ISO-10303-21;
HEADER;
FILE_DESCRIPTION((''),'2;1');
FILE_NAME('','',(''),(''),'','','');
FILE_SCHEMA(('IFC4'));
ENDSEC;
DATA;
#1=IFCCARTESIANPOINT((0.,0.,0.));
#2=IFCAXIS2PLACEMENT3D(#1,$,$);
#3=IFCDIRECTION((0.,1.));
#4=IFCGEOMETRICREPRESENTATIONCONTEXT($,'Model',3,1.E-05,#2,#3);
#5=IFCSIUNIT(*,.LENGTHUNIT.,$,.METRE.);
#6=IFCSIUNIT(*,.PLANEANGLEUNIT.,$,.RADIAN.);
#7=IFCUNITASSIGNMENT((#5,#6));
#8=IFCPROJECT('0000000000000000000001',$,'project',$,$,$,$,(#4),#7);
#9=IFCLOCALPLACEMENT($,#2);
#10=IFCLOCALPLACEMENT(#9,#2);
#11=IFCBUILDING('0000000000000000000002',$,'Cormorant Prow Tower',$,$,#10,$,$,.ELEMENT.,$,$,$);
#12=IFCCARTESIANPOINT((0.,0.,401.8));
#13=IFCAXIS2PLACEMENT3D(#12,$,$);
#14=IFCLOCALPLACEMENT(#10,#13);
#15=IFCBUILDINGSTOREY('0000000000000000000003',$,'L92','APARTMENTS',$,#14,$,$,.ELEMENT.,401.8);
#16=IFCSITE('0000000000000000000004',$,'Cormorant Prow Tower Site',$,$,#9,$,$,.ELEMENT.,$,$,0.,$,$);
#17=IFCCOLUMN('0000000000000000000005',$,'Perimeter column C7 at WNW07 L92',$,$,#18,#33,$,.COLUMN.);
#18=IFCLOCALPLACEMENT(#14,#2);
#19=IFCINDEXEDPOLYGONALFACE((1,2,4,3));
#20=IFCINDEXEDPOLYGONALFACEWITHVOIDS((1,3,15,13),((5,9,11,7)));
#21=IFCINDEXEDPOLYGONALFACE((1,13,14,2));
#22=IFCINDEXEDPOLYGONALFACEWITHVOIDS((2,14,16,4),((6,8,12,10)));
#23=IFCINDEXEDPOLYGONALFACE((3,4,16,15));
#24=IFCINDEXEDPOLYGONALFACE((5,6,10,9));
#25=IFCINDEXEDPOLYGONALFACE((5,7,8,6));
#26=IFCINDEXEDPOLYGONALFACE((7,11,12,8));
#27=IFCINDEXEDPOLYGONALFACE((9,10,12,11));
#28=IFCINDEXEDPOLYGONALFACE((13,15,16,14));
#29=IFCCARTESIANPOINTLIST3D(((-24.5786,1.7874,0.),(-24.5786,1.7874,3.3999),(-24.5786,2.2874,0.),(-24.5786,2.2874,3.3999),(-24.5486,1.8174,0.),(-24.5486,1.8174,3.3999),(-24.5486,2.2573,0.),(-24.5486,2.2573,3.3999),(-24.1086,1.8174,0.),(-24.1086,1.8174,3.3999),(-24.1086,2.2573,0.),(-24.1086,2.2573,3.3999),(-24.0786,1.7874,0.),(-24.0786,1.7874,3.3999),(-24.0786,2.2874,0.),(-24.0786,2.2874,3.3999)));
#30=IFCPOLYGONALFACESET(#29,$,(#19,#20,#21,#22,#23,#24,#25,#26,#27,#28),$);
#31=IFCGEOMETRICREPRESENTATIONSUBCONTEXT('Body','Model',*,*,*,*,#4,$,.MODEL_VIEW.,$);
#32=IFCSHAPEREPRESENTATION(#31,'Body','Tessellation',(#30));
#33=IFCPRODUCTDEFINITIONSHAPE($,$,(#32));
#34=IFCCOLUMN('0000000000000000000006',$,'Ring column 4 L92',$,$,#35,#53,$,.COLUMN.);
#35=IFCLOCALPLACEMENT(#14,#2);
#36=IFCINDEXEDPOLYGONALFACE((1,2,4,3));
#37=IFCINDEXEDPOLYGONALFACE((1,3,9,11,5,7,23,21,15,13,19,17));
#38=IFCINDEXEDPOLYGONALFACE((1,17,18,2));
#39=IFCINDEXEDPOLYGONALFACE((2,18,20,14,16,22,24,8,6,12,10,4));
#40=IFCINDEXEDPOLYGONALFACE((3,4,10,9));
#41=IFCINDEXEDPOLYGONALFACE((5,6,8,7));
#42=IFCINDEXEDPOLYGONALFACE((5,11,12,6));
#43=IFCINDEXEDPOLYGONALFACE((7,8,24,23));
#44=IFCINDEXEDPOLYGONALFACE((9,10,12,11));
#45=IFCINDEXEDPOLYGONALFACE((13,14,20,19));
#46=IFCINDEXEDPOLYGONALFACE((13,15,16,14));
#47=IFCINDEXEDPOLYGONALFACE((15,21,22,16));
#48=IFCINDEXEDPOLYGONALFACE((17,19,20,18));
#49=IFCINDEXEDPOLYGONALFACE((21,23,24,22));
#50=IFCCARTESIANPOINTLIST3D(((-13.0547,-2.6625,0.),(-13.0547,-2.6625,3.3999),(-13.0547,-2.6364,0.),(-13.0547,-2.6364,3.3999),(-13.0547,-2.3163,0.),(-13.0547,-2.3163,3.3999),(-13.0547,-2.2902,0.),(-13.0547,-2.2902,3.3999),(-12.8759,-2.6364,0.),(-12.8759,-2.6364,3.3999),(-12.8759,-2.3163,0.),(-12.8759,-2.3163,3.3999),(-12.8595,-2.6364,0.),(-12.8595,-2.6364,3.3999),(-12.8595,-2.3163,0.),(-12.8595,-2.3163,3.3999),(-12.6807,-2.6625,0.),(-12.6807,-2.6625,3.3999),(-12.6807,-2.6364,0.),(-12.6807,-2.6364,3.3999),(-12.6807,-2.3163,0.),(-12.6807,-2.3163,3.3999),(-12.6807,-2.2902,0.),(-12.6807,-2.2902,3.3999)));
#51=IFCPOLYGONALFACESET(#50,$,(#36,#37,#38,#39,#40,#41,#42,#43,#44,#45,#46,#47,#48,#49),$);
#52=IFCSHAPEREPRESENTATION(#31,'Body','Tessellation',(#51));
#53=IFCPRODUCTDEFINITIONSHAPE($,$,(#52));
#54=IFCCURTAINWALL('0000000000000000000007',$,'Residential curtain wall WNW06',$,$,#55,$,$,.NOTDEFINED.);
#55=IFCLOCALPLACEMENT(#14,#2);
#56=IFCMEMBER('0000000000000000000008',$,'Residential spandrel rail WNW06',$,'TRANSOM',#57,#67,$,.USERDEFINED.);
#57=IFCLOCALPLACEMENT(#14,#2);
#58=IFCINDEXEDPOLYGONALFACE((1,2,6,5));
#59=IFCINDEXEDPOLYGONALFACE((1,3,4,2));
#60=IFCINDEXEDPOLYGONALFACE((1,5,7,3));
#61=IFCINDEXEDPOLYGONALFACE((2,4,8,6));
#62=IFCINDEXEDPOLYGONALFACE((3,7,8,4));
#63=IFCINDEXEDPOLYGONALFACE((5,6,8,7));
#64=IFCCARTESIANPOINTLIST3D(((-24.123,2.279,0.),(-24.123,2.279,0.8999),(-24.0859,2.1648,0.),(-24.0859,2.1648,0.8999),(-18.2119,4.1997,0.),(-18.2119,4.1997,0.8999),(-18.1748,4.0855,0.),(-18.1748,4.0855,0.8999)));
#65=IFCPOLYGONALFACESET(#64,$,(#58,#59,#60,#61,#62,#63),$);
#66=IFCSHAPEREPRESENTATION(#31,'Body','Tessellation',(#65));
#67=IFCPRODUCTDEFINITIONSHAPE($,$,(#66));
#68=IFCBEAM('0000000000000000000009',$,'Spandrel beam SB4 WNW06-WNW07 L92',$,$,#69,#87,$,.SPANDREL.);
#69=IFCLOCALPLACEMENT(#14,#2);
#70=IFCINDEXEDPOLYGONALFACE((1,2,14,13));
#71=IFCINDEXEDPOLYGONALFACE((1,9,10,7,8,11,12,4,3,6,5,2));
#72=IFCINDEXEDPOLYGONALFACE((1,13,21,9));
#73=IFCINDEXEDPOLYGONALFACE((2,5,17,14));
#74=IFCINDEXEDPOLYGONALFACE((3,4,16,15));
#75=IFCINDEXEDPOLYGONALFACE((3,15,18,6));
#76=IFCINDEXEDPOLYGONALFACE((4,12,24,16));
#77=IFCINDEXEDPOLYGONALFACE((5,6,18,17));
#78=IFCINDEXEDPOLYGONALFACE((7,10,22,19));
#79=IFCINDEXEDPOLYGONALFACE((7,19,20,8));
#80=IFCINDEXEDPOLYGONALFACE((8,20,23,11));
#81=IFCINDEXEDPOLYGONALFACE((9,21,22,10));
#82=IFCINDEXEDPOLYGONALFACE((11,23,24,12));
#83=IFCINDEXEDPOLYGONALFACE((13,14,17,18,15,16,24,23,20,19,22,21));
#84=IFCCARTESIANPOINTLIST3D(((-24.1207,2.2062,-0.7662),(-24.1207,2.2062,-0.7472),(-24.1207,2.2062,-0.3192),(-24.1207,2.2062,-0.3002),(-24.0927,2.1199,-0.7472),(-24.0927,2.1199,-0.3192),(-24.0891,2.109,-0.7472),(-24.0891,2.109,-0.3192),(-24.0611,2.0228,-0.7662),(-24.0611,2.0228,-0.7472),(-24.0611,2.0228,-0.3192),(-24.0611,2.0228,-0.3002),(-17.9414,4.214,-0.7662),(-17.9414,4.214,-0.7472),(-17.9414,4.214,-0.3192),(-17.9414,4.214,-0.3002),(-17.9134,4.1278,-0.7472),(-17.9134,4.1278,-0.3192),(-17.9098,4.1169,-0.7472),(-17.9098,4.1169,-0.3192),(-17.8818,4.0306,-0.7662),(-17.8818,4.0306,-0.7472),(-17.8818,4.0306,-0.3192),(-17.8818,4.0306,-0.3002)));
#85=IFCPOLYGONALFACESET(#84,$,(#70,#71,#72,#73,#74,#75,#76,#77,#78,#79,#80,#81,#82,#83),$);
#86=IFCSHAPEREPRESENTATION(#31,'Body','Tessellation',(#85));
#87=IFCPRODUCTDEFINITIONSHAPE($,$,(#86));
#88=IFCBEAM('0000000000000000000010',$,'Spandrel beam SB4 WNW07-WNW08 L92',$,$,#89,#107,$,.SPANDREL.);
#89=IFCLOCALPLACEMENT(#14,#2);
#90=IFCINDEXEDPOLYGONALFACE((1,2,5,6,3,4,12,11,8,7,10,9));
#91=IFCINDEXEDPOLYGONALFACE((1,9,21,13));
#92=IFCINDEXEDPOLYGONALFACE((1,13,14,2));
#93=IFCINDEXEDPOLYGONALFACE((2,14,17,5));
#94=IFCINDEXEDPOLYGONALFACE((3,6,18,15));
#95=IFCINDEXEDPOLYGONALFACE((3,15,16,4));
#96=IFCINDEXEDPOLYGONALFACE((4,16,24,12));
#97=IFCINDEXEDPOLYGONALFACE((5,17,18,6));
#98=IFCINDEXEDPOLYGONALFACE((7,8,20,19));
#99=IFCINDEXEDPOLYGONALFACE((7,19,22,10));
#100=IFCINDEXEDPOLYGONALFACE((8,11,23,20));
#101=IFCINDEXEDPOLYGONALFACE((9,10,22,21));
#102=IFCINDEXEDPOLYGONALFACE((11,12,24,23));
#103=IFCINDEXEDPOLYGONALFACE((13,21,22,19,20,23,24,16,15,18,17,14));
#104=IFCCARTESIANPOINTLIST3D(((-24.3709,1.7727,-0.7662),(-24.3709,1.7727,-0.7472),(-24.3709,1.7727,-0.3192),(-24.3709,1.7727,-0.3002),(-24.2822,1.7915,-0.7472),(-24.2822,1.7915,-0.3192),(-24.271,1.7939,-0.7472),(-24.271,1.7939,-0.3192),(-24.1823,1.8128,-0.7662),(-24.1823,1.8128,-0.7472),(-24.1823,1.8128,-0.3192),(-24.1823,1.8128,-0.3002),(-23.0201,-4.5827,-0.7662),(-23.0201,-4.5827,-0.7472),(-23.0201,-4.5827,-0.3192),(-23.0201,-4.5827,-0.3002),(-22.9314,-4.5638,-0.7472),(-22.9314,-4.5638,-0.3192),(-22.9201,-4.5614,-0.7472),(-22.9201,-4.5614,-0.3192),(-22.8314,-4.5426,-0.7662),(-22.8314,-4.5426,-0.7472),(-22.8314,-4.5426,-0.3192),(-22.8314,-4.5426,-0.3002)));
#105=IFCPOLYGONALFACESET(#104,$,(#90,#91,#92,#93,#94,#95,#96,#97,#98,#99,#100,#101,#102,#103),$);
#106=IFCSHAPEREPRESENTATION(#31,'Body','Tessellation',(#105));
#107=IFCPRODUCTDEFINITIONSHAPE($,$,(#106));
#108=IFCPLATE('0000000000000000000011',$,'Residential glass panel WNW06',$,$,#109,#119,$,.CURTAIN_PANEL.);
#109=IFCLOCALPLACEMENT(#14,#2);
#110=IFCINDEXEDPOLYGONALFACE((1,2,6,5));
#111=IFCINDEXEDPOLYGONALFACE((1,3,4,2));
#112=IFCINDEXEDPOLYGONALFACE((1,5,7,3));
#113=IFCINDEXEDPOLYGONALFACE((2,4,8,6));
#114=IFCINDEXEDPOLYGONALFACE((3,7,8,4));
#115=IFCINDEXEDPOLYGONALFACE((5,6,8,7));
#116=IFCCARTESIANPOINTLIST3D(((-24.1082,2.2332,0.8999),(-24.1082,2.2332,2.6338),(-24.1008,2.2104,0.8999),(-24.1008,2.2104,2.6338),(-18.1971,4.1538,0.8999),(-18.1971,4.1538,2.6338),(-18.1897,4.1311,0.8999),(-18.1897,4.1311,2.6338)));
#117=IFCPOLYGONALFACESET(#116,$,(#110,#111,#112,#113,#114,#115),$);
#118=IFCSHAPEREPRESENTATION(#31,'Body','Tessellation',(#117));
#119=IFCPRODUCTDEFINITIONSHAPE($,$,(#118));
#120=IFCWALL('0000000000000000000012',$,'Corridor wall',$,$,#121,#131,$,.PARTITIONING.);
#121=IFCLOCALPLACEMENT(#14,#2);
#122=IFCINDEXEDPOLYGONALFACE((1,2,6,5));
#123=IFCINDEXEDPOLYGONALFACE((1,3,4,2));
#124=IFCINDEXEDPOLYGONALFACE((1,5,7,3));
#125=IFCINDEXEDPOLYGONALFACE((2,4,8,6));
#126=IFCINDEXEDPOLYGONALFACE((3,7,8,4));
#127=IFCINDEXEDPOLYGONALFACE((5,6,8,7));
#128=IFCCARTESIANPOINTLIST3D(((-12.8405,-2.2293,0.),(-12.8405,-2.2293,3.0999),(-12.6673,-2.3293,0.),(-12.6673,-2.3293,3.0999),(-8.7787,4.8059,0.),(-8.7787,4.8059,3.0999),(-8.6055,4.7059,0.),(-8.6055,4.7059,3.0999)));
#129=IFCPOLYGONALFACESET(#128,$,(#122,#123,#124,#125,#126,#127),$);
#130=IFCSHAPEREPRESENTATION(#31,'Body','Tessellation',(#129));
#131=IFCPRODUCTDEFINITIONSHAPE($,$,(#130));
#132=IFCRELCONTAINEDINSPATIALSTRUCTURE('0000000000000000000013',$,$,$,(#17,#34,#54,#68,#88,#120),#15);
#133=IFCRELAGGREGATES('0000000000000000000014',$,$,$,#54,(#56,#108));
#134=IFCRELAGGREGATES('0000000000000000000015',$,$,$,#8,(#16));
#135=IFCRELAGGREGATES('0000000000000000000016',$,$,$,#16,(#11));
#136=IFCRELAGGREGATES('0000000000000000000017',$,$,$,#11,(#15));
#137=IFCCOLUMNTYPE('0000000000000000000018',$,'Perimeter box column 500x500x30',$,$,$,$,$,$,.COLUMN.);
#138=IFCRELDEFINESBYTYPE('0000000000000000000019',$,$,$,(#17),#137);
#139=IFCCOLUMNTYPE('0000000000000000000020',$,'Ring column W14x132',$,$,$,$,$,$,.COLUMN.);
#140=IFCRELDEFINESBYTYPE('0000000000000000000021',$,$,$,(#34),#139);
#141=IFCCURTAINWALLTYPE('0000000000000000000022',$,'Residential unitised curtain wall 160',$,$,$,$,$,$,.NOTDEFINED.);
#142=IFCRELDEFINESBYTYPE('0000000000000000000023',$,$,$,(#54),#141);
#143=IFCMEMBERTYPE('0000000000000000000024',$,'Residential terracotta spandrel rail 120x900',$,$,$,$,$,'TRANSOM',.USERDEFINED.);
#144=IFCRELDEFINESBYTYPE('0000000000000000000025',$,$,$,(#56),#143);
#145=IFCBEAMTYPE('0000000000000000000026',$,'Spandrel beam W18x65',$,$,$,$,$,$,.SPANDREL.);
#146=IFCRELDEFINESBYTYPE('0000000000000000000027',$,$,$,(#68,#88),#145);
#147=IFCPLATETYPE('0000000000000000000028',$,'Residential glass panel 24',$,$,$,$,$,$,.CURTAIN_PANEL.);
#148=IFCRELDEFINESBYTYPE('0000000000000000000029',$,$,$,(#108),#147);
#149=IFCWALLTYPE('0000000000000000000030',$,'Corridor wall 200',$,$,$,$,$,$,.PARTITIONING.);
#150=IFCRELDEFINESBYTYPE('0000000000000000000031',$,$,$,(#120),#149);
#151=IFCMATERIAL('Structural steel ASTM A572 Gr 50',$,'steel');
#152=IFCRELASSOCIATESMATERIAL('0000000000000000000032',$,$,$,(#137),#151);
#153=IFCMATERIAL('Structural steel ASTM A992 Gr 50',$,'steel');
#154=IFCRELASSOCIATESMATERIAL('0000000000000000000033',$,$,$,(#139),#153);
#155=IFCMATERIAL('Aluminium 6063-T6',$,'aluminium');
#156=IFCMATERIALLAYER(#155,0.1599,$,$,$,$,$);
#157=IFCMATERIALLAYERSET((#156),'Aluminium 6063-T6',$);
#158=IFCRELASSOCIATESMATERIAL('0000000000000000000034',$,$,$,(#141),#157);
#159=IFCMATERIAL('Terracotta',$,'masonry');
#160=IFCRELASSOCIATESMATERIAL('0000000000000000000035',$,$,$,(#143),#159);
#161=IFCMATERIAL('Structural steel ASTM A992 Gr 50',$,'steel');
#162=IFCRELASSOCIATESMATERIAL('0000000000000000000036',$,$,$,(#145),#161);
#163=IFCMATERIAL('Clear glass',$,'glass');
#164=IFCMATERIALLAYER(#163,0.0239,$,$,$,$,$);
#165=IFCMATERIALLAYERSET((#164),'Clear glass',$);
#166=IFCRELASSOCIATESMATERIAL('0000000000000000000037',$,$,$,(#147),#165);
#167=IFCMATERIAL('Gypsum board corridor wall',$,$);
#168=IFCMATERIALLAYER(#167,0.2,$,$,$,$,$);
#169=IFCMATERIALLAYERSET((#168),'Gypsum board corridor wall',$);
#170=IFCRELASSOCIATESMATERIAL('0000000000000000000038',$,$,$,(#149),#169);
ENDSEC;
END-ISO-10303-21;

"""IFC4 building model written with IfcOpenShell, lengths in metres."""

from ifc_helpers import new_model, si_unit, direction, frame, frame_2d, origin, origin_2d, place, context, subcontext, project, spatial, rectangle, hollow_rectangle, i_section, extrude, material, layer, layer_set, material_profile, profile_set, type_object, element, aggregate, save


model = new_model("IFC4")

# Units and contexts
model_context = context("Model", 3, precision=1e-05, world=origin(), true_north=direction((0.0, 1.0)))
body_context = subcontext(model_context, "Body", "Model", "MODEL_VIEW")
ifc_project = project(units=[si_unit("LENGTHUNIT", "METRE"), si_unit("PLANEANGLEUNIT", "RADIAN")], contexts=[model_context])

# Site, building, storey
site_placement = place(None, origin())
site = spatial("IfcSite", under=ifc_project, at=site_placement, Name="Cormorant Prow Tower Site", CompositionType="ELEMENT", RefElevation=0.0)
building_placement = place(site_placement, origin())
building = spatial("IfcBuilding", under=site, at=building_placement, Name="Cormorant Prow Tower", CompositionType="ELEMENT")
storey_placement = place(building_placement, frame((0.0, 0.0, 401.8)))
storey = spatial("IfcBuildingStorey", under=building, at=storey_placement, Name="L92", Description="APARTMENTS", CompositionType="ELEMENT", Elevation=401.8)

# Columns
ifc_material_1 = material(Name="Structural steel ASTM A572 Gr 50", Category="steel")
ifc_material_profile_1 = material_profile(ifc_material_1, hollow_rectangle(XDim=0.5, YDim=0.5, WallThickness=0.03, at=origin_2d()), Name="Box 500x500x30")
ifc_profile_set_1 = profile_set([ifc_material_profile_1], Name="Structural steel ASTM A572 Gr 50")
column_type_1 = type_object("IfcColumnType", Name="Perimeter box column 500x500x30", PredefinedType="COLUMN", material=ifc_profile_set_1)
column_1_placement = place(storey_placement, frame((-24.3286, 2.0374, 0.0), z_axis=(0.0, 0.0, 1.0), x_axis=(1.0, 0.0, 0.0)))
element("IfcColumn", 1, at=column_1_placement, inside=storey, type_object=column_type_1, Name="Perimeter column C7 at WNW07 L92", PredefinedType="COLUMN", context=body_context, shape_type="SweptSolid", body=[
    extrude(hollow_rectangle(XDim=0.5, YDim=0.5, WallThickness=0.03, at=origin_2d()), origin(), (0.0, 0.0, 1.0), 3.3999),
])
ifc_material_2 = material(Name="Structural steel ASTM A992 Gr 50", Category="steel")
ifc_material_profile_2 = material_profile(ifc_material_2, i_section(OverallWidth=0.374, OverallDepth=0.3723, WebThickness=0.0164, FlangeThickness=0.0261, at=origin_2d()), Name="W14x132")
ifc_profile_set_2 = profile_set([ifc_material_profile_2], Name="Structural steel ASTM A992 Gr 50")
column_type_2 = type_object("IfcColumnType", Name="Ring column W14x132", PredefinedType="COLUMN", material=ifc_profile_set_2)
column_2_placement = place(storey_placement, frame((-12.8677, -2.4763, 0.0), z_axis=(0.0, 0.0, 1.0), x_axis=(1.0, 0.0, 0.0)))
element("IfcColumn", 2, at=column_2_placement, inside=storey, type_object=column_type_2, Name="Ring column 4 L92", PredefinedType="COLUMN", context=body_context, shape_type="SweptSolid", body=[
    extrude(i_section(OverallWidth=0.374, OverallDepth=0.3723, WebThickness=0.0164, FlangeThickness=0.0261, at=origin_2d()), origin(), (0.0, 0.0, 1.0), 3.3999),
])

# Curtain wall, member
ifc_material_3 = material(Name="Aluminium 6063-T6", Category="aluminium")
ifc_layer_1 = layer(ifc_material_3, 0.1599)
ifc_layer_set_1 = layer_set([ifc_layer_1], Name="Aluminium 6063-T6")
curtain_wall_type = type_object("IfcCurtainWallType", Name="Residential unitised curtain wall 160", PredefinedType="NOTDEFINED", material=ifc_layer_set_1)
curtain_wall_placement = place(storey_placement, origin())
curtain_wall = element("IfcCurtainWall", 3, at=curtain_wall_placement, inside=storey, type_object=curtain_wall_type, Name="Residential curtain wall WNW06", PredefinedType="NOTDEFINED")
ifc_material_4 = material(Name="Terracotta", Category="masonry")
ifc_material_profile_3 = material_profile(ifc_material_4, rectangle(XDim=0.1201, YDim=0.8999, at=origin_2d()), Name="Residential terracotta spandrel rail 120x900")
ifc_profile_set_3 = profile_set([ifc_material_profile_3], Name="Terracotta")
member_type = type_object("IfcMemberType", Name="Residential terracotta spandrel rail 120x900", ElementType="TRANSOM", PredefinedType="USERDEFINED", material=ifc_profile_set_3)
member_placement = place(storey_placement, frame((-18.1934, 4.1426, 0.45), z_axis=(-0.951056, -0.309019, 0.0), x_axis=(0.309019, -0.951056, 0.0)))
member = element("IfcMember", 4, at=member_placement, type_object=member_type, Name="Residential spandrel rail WNW06", ObjectType="TRANSOM", PredefinedType="USERDEFINED", context=body_context, shape_type="SweptSolid", body=[
    extrude(rectangle(XDim=0.1201, YDim=0.8999, at=origin_2d()), origin(), (0.0, 0.0, 1.0), 6.2153),
])

# Beams
ifc_material_5 = material(Name="Structural steel ASTM A992 Gr 50", Category="steel")
ifc_material_profile_4 = material_profile(ifc_material_5, i_section(OverallWidth=0.1929, OverallDepth=0.4661, WebThickness=0.0115, FlangeThickness=0.019, at=origin_2d()), Name="W18x65")
ifc_profile_set_4 = profile_set([ifc_material_profile_4], Name="Structural steel ASTM A992 Gr 50")
beam_type = type_object("IfcBeamType", Name="Spandrel beam W18x65", PredefinedType="SPANDREL", material=ifc_profile_set_4)
for number, where, z_axis, x_axis, name in (
    (5, (-17.9116, 4.1223, -0.5332), (-0.951053, -0.309027, 0.0), (0.309027, -0.951053, 0.0), "Spandrel beam SB4 WNW06-WNW07 L92"),
    (6, (-24.2766, 1.7927, -0.5332), (0.20791, -0.978148, 0.0), (0.978148, 0.20791, 0.0), "Spandrel beam SB4 WNW07-WNW08 L92"),
):
    element("IfcBeam", number, at=place(storey_placement, frame(where, z_axis=z_axis, x_axis=x_axis)), inside=storey, type_object=beam_type, Name=name, PredefinedType="SPANDREL", context=body_context, shape_type="SweptSolid", body=[
        extrude(i_section(OverallWidth=0.1929, OverallDepth=0.4661, WebThickness=0.0115, FlangeThickness=0.019, at=origin_2d()), origin(), (0.0, 0.0, 1.0), 6.4973),
    ])

# Plate
ifc_material_6 = material(Name="Clear glass", Category="glass")
ifc_layer_2 = layer(ifc_material_6, 0.0239)
ifc_layer_set_2 = layer_set([ifc_layer_2], Name="Clear glass")
plate_type = type_object("IfcPlateType", Name="Residential glass panel 24", PredefinedType="CURTAIN_PANEL", material=ifc_layer_set_2)
plate_placement = place(storey_placement, frame((-21.1489, 3.1821, 0.8999), z_axis=(0.0, 0.0, 1.0), x_axis=(-0.951056, -0.309017, 0.0)))
plate = element("IfcPlate", 7, at=plate_placement, type_object=plate_type, Name="Residential glass panel WNW06", PredefinedType="CURTAIN_PANEL", context=body_context, shape_type="SweptSolid", body=[
    extrude(rectangle(XDim=6.2153, YDim=0.0239, at=origin_2d()), origin(), (0.0, 0.0, 1.0), 1.7339),
])
aggregate(curtain_wall, [member, plate])

# Wall
ifc_material_7 = material(Name="Gypsum board corridor wall")
ifc_layer_3 = layer(ifc_material_7, 0.2)
ifc_layer_set_3 = layer_set([ifc_layer_3], Name="Gypsum board corridor wall")
wall_type_1 = type_object("IfcWallType", Name="Corridor wall 200", PredefinedType="PARTITIONING", material=ifc_layer_set_3)
wall_1_placement = place(storey_placement, frame((-12.7539, -2.2793, 0.0), z_axis=(0.0, 0.0, 1.0), x_axis=(0.500002, 0.866024, 0.0)))
element("IfcWall", 8, at=wall_1_placement, inside=storey, type_object=wall_type_1, Name="Corridor wall", PredefinedType="PARTITIONING", context=body_context, shape_type="SweptSolid", body=[
    extrude(rectangle(XDim=8.1235, YDim=0.2, at=frame_2d((4.0618, 0.0))), origin(), (0.0, 0.0, 1.0), 3.0999),
])

save(model, "model.ifc")
